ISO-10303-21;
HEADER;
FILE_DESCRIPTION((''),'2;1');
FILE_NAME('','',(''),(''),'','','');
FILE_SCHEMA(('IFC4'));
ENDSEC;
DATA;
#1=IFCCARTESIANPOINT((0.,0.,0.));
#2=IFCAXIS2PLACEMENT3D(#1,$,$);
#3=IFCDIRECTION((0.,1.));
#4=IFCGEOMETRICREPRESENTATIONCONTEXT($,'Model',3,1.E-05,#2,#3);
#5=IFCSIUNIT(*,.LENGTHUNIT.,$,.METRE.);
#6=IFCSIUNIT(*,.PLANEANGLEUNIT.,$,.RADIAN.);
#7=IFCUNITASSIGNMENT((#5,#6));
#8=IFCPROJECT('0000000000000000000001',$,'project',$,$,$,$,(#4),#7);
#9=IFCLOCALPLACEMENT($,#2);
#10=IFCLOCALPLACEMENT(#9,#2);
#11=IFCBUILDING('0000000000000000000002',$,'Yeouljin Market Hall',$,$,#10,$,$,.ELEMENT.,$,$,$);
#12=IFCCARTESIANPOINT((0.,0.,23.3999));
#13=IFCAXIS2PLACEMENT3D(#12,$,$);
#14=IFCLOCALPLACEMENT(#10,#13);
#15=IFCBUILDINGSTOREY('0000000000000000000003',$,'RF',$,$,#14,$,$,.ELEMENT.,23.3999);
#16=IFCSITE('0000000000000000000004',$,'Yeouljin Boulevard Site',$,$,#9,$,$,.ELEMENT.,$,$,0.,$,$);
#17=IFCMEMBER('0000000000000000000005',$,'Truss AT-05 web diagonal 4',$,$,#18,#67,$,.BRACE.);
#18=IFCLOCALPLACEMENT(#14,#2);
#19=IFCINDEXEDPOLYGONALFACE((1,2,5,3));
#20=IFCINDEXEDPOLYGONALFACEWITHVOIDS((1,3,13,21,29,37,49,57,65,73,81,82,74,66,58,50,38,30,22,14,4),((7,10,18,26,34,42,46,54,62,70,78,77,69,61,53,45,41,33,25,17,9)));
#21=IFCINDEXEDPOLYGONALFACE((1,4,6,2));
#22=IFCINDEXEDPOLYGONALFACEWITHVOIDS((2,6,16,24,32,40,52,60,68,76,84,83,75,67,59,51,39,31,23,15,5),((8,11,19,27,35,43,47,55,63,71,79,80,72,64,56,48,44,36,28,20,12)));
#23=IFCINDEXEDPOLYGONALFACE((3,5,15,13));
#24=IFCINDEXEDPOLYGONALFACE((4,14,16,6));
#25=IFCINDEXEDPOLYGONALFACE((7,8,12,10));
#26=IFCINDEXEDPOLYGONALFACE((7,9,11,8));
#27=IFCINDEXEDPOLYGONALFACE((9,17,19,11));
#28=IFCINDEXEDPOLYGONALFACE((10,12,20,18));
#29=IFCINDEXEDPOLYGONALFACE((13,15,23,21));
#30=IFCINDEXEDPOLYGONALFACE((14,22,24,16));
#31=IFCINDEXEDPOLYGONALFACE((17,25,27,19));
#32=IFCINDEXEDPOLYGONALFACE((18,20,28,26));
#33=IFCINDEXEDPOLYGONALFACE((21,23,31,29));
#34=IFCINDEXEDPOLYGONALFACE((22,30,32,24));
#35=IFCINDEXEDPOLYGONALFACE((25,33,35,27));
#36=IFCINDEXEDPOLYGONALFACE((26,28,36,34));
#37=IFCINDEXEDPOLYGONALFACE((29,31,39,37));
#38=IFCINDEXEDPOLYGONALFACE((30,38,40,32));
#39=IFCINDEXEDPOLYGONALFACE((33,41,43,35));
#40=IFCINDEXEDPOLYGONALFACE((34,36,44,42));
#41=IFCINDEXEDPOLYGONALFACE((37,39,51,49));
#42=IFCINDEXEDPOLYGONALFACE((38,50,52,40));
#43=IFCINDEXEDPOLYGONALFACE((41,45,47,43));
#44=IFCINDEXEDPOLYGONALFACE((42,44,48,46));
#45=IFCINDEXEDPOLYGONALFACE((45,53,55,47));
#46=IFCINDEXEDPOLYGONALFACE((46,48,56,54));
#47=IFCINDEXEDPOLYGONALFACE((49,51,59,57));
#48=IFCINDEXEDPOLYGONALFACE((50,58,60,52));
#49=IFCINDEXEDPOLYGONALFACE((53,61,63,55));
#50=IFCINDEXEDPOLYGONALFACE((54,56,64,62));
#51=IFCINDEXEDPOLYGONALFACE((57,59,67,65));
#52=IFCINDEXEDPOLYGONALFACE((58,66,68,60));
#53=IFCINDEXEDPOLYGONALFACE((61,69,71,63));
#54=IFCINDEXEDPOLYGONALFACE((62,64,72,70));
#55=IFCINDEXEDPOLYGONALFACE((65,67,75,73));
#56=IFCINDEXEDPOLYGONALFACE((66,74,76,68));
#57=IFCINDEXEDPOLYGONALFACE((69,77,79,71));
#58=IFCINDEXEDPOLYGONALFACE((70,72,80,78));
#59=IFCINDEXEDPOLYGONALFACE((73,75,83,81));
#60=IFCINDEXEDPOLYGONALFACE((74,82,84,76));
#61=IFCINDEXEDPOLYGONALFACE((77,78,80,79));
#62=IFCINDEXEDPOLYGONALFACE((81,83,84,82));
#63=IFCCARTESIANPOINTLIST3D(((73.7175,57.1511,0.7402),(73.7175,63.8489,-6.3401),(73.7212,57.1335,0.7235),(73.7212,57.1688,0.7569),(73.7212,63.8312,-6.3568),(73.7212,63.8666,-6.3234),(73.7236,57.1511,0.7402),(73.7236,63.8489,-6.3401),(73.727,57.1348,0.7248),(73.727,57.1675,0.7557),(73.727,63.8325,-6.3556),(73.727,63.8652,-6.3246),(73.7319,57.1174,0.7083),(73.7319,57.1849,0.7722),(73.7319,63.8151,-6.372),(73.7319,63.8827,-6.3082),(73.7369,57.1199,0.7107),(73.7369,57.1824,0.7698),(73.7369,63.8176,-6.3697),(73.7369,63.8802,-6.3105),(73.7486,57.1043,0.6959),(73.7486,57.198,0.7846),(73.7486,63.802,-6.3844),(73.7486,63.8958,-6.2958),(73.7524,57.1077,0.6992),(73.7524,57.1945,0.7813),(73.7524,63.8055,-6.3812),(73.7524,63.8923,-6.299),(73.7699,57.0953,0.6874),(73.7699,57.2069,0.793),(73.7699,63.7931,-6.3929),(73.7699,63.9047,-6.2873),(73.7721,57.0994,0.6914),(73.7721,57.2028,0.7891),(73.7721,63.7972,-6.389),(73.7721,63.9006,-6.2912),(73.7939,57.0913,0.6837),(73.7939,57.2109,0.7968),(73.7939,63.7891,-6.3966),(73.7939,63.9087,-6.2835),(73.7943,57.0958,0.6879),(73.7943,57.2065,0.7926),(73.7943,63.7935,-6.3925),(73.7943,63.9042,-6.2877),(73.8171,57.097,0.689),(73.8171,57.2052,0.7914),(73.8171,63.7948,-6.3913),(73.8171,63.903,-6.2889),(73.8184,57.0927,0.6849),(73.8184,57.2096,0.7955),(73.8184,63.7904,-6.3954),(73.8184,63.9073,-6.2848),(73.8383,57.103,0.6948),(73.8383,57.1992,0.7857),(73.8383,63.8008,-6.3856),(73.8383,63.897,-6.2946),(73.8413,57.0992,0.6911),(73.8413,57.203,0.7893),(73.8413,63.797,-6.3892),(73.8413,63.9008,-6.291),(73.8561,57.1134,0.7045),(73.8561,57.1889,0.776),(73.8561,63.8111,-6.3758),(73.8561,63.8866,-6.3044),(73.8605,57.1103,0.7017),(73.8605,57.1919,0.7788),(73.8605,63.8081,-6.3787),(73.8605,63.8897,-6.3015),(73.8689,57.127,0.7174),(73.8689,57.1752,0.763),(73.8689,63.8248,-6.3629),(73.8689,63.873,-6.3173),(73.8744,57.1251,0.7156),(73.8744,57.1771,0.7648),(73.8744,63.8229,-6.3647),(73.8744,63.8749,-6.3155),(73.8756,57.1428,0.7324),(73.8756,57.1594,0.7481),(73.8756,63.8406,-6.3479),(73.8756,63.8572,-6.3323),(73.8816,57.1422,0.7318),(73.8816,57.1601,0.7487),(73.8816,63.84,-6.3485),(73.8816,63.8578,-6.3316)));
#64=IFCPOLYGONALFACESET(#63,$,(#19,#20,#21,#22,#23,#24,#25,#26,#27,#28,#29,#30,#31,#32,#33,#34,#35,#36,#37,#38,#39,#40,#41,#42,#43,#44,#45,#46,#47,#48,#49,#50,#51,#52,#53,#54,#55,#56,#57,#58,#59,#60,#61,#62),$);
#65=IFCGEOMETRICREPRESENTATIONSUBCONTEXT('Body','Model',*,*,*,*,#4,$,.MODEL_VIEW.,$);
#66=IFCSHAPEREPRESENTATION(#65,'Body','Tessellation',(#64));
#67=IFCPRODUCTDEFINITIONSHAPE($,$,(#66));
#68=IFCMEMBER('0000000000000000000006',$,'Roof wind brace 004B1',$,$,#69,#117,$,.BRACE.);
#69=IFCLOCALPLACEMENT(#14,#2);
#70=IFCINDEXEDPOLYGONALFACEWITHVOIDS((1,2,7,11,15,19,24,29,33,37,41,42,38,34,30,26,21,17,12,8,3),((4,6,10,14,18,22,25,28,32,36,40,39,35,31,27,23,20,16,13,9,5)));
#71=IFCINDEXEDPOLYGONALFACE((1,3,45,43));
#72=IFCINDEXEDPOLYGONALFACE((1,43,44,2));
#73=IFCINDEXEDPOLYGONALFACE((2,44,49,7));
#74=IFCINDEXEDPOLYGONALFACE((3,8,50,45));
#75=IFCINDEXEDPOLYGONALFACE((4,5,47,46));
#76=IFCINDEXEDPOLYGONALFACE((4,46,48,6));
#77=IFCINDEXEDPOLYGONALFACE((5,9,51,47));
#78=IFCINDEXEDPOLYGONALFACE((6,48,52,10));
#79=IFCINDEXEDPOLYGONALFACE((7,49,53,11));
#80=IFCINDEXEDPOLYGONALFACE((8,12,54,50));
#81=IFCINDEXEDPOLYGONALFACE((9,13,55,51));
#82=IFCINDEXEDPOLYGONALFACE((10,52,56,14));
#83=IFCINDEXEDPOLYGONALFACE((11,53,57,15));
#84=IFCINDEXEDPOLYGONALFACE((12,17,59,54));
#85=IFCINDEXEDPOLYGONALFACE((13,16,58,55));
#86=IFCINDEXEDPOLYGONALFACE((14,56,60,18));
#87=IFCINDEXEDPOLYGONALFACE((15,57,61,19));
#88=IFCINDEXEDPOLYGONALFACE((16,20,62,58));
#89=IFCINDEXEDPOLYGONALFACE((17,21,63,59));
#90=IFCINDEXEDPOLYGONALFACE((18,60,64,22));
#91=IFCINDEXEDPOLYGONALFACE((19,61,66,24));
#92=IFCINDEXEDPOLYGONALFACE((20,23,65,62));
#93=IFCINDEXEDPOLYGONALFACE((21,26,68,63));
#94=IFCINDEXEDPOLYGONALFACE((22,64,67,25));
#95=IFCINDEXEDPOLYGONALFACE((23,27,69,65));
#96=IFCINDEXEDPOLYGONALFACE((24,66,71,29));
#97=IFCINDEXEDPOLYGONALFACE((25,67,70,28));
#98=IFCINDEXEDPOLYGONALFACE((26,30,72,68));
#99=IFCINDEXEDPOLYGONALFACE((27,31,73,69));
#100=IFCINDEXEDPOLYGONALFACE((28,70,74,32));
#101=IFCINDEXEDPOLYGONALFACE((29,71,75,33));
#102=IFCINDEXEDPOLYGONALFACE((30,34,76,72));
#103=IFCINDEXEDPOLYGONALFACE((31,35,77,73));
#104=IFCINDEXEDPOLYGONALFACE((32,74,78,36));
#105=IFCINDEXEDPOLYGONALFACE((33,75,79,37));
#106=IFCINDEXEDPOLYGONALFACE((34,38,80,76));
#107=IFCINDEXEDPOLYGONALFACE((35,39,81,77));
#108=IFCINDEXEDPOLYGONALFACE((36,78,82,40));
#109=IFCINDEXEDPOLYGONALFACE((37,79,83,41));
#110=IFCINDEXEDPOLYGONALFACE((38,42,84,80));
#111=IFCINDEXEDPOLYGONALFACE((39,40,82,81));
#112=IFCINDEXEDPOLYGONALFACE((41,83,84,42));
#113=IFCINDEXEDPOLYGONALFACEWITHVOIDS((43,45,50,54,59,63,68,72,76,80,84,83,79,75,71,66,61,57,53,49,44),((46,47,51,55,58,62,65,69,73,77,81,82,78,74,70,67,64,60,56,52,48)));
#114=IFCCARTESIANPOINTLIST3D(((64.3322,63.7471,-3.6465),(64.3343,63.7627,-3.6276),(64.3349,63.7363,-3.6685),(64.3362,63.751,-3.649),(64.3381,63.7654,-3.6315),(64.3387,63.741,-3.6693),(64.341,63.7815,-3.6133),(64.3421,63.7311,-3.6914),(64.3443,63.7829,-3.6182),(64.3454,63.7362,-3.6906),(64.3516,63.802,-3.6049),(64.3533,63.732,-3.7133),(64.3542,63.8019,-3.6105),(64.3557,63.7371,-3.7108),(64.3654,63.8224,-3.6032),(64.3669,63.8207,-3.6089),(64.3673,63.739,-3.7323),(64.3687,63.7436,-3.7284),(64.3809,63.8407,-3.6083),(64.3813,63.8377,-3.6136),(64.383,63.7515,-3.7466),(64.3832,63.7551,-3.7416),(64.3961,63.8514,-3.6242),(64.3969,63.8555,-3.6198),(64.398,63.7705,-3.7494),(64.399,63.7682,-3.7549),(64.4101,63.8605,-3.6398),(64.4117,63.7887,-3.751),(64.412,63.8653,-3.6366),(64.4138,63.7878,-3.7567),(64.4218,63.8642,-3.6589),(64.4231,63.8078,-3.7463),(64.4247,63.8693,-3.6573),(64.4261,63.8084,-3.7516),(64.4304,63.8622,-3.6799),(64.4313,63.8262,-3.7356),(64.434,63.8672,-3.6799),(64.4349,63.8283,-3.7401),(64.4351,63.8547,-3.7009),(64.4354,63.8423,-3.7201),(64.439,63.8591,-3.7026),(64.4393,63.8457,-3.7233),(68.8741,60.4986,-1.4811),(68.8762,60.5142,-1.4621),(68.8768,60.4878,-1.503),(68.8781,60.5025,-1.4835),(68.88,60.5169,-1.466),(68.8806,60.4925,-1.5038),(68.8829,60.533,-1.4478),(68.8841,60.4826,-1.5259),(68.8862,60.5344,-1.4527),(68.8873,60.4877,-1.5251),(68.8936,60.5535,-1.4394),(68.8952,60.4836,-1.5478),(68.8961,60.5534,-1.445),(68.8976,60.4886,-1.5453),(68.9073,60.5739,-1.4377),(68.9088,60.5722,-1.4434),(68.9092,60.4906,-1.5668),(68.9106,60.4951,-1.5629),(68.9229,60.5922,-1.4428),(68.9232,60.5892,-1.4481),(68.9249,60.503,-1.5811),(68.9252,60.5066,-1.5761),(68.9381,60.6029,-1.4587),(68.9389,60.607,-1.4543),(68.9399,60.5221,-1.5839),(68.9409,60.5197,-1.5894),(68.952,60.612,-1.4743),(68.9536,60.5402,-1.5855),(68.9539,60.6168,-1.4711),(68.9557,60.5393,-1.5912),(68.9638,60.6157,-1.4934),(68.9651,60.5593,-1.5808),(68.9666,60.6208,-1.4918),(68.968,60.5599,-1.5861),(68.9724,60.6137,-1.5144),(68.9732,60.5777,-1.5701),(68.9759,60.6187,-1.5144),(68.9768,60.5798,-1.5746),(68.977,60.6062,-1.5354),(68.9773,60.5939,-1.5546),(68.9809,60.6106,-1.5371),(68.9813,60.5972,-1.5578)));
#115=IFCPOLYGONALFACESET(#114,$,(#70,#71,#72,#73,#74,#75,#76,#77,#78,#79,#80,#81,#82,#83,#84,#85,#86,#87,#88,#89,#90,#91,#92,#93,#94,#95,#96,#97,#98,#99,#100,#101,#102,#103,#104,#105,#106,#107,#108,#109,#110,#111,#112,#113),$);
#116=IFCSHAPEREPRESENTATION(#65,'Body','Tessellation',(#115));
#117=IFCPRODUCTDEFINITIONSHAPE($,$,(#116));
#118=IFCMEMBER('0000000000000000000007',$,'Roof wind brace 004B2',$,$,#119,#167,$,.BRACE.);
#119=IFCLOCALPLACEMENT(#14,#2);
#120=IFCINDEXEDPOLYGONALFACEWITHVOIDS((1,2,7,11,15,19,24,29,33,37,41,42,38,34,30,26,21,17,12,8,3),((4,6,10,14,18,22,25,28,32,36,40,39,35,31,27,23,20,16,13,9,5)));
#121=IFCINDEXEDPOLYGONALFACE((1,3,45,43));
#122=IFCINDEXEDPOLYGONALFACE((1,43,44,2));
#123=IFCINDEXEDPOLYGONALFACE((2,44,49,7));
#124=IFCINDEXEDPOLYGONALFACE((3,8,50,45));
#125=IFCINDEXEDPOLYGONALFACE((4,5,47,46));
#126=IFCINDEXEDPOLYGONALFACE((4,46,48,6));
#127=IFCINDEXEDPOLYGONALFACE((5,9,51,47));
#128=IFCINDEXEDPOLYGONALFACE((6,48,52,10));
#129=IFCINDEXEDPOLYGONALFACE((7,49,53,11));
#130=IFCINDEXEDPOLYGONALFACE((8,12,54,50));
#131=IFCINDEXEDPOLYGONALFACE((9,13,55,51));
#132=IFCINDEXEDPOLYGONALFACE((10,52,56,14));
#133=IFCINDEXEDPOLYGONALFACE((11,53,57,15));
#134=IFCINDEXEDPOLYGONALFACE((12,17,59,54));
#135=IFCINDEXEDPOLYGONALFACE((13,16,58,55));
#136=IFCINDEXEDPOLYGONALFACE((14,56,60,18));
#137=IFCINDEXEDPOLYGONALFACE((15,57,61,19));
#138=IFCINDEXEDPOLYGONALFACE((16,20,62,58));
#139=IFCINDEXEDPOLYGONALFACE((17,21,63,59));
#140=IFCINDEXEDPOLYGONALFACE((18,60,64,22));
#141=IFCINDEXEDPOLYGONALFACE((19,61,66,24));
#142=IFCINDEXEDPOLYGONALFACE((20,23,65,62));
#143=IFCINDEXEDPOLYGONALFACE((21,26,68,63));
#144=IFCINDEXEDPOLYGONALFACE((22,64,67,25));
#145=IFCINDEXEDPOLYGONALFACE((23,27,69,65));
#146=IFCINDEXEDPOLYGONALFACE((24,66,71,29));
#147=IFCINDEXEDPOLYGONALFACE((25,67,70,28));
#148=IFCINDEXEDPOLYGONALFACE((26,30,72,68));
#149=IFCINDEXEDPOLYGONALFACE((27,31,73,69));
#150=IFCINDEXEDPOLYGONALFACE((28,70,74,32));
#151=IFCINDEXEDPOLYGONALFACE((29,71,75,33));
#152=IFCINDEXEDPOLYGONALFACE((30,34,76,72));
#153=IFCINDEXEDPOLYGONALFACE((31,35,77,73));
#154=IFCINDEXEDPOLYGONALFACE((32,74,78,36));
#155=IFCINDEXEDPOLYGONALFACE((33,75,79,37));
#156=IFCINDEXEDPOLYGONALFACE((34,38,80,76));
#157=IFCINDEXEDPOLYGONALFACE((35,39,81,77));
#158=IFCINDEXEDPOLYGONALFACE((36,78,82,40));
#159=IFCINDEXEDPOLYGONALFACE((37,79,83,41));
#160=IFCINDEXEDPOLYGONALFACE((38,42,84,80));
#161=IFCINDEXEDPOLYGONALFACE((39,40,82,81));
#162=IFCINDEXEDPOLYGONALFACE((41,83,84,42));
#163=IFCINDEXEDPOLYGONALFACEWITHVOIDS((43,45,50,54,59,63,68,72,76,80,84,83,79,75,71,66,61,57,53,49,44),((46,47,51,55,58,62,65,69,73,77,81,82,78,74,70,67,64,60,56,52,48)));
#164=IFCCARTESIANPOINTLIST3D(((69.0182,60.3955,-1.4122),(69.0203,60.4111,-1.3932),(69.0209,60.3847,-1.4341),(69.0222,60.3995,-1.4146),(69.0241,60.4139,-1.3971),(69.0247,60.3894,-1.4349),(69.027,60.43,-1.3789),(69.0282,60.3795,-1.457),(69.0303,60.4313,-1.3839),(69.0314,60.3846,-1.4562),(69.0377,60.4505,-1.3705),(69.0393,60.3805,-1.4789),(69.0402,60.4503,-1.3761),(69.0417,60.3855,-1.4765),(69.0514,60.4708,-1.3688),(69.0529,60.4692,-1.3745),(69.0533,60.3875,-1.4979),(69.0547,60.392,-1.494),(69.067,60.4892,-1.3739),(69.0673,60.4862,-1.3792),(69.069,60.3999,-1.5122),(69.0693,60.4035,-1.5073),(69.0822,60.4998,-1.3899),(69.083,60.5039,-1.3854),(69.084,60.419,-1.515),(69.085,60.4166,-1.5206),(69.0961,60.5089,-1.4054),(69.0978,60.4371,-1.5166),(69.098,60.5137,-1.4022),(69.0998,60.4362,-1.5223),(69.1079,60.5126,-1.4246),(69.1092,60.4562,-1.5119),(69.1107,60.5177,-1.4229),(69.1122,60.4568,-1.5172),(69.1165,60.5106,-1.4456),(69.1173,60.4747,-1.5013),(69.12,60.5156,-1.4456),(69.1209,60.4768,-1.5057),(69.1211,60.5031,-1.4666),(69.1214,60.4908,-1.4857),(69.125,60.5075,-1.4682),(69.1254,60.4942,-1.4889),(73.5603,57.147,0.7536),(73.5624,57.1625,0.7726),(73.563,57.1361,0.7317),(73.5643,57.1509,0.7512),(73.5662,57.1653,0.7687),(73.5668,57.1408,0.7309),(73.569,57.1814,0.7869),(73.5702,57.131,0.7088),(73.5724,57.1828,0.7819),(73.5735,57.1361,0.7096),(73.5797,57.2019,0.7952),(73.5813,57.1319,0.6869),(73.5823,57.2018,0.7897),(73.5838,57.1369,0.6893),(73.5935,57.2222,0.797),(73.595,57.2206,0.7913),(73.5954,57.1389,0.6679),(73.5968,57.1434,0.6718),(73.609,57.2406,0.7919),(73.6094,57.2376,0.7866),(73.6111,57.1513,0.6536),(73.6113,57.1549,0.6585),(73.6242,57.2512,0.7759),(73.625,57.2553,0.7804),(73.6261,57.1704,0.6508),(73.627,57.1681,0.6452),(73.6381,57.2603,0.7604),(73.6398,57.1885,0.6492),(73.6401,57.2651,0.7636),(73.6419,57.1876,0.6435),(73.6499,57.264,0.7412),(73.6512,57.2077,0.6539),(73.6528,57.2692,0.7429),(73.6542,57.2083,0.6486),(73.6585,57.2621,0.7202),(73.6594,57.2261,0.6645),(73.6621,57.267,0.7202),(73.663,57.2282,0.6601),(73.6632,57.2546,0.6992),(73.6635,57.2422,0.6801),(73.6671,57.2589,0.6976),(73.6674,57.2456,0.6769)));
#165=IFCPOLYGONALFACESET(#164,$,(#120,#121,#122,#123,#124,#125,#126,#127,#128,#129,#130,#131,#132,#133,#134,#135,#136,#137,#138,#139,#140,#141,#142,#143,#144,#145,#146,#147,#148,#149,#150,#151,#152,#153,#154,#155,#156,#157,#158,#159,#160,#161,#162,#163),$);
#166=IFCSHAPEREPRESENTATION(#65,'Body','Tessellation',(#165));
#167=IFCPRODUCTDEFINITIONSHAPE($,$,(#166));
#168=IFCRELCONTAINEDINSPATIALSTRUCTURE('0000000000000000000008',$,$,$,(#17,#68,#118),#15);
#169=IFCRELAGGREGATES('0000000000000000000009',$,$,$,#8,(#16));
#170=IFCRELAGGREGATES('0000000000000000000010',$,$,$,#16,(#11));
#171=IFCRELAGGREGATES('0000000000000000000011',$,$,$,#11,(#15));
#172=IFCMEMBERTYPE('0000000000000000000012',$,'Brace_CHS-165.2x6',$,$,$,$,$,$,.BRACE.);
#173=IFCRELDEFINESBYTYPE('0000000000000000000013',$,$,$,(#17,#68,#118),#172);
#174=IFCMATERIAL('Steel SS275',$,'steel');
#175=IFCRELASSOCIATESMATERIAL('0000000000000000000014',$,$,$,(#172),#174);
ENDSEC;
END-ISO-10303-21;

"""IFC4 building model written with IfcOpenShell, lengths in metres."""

from ifc_helpers import new_model, si_unit, direction, frame, origin, origin_2d, place, context, subcontext, project, spatial, hollow_circle, extrude, material, material_profile, profile_set, type_object, element, save


model = new_model("IFC4")

# Units and contexts
model_context = context("Model", 3, precision=1e-05, world=origin(), true_north=direction((0.0, 1.0)))
body_context = subcontext(model_context, "Body", "Model", "MODEL_VIEW")
ifc_project = project(units=[si_unit("LENGTHUNIT", "METRE"), si_unit("PLANEANGLEUNIT", "RADIAN")], contexts=[model_context])

# Site, building, storey
site_placement = place(None, origin())
site = spatial("IfcSite", under=ifc_project, at=site_placement, Name="Yeouljin Boulevard Site", CompositionType="ELEMENT", RefElevation=0.0)
building_placement = place(site_placement, origin())
building = spatial("IfcBuilding", under=site, at=building_placement, Name="Yeouljin Market Hall", CompositionType="ELEMENT")
storey_placement = place(building_placement, frame((0.0, 0.0, 23.3999)))
storey = spatial("IfcBuildingStorey", under=building, at=storey_placement, Name="RF", CompositionType="ELEMENT", Elevation=23.3999)

# Members
ifc_material_1 = material(Name="Steel SS275", Category="steel")
ifc_material_profile_1 = material_profile(ifc_material_1, hollow_circle(Radius=0.0825, WallThickness=0.0061, at=origin_2d()), Name="CHS-165.2x6")
ifc_profile_set_1 = profile_set([ifc_material_profile_1], Name="Steel SS275")
member_type_1 = type_object("IfcMemberType", Name="Brace_CHS-165.2x6", PredefinedType="BRACE", material=ifc_profile_set_1)
member_1_placement = place(storey_placement, frame((73.8, 57.1511, 0.7402), z_axis=(0.0, 0.687208, -0.726461), x_axis=(-1.0, 0.0, 0.0)))
element("IfcMember", 1, at=member_1_placement, inside=storey, type_object=member_type_1, Name="Truss AT-05 web diagonal 4", PredefinedType="BRACE", context=body_context, shape_type="SweptSolid", body=[
    extrude(hollow_circle(Radius=0.0825, WallThickness=0.0061, at=origin_2d()), origin(), (0.0, 0.0, 1.0), 9.7463),
])
member_2_placement = place(storey_placement, frame((64.386, 63.8, -3.6799), z_axis=(0.758346, -0.542386, 0.361564), x_axis=(0.581743, 0.813373, 0.0)))
element("IfcMember", 2, at=member_2_placement, inside=storey, type_object=member_type_1, Name="Roof wind brace 004B1", PredefinedType="BRACE", context=body_context, shape_type="SweptSolid", body=[
    extrude(hollow_circle(Radius=0.0825, WallThickness=0.0061, at=origin_2d()), origin(), (0.0, 0.0, 1.0), 5.9893),
])
member_3_placement = place(storey_placement, frame((69.072, 60.4485, -1.4456), z_axis=(0.758335, -0.542378, 0.361599), x_axis=(0.581743, 0.813373, 0.0)))
element("IfcMember", 3, at=member_3_placement, inside=storey, type_object=member_type_1, Name="Roof wind brace 004B2", PredefinedType="BRACE", context=body_context, shape_type="SweptSolid", body=[
    extrude(hollow_circle(Radius=0.0825, WallThickness=0.0061, at=origin_2d()), origin(), (0.0, 0.0, 1.0), 5.9895),
])

save(model, "model.ifc")
